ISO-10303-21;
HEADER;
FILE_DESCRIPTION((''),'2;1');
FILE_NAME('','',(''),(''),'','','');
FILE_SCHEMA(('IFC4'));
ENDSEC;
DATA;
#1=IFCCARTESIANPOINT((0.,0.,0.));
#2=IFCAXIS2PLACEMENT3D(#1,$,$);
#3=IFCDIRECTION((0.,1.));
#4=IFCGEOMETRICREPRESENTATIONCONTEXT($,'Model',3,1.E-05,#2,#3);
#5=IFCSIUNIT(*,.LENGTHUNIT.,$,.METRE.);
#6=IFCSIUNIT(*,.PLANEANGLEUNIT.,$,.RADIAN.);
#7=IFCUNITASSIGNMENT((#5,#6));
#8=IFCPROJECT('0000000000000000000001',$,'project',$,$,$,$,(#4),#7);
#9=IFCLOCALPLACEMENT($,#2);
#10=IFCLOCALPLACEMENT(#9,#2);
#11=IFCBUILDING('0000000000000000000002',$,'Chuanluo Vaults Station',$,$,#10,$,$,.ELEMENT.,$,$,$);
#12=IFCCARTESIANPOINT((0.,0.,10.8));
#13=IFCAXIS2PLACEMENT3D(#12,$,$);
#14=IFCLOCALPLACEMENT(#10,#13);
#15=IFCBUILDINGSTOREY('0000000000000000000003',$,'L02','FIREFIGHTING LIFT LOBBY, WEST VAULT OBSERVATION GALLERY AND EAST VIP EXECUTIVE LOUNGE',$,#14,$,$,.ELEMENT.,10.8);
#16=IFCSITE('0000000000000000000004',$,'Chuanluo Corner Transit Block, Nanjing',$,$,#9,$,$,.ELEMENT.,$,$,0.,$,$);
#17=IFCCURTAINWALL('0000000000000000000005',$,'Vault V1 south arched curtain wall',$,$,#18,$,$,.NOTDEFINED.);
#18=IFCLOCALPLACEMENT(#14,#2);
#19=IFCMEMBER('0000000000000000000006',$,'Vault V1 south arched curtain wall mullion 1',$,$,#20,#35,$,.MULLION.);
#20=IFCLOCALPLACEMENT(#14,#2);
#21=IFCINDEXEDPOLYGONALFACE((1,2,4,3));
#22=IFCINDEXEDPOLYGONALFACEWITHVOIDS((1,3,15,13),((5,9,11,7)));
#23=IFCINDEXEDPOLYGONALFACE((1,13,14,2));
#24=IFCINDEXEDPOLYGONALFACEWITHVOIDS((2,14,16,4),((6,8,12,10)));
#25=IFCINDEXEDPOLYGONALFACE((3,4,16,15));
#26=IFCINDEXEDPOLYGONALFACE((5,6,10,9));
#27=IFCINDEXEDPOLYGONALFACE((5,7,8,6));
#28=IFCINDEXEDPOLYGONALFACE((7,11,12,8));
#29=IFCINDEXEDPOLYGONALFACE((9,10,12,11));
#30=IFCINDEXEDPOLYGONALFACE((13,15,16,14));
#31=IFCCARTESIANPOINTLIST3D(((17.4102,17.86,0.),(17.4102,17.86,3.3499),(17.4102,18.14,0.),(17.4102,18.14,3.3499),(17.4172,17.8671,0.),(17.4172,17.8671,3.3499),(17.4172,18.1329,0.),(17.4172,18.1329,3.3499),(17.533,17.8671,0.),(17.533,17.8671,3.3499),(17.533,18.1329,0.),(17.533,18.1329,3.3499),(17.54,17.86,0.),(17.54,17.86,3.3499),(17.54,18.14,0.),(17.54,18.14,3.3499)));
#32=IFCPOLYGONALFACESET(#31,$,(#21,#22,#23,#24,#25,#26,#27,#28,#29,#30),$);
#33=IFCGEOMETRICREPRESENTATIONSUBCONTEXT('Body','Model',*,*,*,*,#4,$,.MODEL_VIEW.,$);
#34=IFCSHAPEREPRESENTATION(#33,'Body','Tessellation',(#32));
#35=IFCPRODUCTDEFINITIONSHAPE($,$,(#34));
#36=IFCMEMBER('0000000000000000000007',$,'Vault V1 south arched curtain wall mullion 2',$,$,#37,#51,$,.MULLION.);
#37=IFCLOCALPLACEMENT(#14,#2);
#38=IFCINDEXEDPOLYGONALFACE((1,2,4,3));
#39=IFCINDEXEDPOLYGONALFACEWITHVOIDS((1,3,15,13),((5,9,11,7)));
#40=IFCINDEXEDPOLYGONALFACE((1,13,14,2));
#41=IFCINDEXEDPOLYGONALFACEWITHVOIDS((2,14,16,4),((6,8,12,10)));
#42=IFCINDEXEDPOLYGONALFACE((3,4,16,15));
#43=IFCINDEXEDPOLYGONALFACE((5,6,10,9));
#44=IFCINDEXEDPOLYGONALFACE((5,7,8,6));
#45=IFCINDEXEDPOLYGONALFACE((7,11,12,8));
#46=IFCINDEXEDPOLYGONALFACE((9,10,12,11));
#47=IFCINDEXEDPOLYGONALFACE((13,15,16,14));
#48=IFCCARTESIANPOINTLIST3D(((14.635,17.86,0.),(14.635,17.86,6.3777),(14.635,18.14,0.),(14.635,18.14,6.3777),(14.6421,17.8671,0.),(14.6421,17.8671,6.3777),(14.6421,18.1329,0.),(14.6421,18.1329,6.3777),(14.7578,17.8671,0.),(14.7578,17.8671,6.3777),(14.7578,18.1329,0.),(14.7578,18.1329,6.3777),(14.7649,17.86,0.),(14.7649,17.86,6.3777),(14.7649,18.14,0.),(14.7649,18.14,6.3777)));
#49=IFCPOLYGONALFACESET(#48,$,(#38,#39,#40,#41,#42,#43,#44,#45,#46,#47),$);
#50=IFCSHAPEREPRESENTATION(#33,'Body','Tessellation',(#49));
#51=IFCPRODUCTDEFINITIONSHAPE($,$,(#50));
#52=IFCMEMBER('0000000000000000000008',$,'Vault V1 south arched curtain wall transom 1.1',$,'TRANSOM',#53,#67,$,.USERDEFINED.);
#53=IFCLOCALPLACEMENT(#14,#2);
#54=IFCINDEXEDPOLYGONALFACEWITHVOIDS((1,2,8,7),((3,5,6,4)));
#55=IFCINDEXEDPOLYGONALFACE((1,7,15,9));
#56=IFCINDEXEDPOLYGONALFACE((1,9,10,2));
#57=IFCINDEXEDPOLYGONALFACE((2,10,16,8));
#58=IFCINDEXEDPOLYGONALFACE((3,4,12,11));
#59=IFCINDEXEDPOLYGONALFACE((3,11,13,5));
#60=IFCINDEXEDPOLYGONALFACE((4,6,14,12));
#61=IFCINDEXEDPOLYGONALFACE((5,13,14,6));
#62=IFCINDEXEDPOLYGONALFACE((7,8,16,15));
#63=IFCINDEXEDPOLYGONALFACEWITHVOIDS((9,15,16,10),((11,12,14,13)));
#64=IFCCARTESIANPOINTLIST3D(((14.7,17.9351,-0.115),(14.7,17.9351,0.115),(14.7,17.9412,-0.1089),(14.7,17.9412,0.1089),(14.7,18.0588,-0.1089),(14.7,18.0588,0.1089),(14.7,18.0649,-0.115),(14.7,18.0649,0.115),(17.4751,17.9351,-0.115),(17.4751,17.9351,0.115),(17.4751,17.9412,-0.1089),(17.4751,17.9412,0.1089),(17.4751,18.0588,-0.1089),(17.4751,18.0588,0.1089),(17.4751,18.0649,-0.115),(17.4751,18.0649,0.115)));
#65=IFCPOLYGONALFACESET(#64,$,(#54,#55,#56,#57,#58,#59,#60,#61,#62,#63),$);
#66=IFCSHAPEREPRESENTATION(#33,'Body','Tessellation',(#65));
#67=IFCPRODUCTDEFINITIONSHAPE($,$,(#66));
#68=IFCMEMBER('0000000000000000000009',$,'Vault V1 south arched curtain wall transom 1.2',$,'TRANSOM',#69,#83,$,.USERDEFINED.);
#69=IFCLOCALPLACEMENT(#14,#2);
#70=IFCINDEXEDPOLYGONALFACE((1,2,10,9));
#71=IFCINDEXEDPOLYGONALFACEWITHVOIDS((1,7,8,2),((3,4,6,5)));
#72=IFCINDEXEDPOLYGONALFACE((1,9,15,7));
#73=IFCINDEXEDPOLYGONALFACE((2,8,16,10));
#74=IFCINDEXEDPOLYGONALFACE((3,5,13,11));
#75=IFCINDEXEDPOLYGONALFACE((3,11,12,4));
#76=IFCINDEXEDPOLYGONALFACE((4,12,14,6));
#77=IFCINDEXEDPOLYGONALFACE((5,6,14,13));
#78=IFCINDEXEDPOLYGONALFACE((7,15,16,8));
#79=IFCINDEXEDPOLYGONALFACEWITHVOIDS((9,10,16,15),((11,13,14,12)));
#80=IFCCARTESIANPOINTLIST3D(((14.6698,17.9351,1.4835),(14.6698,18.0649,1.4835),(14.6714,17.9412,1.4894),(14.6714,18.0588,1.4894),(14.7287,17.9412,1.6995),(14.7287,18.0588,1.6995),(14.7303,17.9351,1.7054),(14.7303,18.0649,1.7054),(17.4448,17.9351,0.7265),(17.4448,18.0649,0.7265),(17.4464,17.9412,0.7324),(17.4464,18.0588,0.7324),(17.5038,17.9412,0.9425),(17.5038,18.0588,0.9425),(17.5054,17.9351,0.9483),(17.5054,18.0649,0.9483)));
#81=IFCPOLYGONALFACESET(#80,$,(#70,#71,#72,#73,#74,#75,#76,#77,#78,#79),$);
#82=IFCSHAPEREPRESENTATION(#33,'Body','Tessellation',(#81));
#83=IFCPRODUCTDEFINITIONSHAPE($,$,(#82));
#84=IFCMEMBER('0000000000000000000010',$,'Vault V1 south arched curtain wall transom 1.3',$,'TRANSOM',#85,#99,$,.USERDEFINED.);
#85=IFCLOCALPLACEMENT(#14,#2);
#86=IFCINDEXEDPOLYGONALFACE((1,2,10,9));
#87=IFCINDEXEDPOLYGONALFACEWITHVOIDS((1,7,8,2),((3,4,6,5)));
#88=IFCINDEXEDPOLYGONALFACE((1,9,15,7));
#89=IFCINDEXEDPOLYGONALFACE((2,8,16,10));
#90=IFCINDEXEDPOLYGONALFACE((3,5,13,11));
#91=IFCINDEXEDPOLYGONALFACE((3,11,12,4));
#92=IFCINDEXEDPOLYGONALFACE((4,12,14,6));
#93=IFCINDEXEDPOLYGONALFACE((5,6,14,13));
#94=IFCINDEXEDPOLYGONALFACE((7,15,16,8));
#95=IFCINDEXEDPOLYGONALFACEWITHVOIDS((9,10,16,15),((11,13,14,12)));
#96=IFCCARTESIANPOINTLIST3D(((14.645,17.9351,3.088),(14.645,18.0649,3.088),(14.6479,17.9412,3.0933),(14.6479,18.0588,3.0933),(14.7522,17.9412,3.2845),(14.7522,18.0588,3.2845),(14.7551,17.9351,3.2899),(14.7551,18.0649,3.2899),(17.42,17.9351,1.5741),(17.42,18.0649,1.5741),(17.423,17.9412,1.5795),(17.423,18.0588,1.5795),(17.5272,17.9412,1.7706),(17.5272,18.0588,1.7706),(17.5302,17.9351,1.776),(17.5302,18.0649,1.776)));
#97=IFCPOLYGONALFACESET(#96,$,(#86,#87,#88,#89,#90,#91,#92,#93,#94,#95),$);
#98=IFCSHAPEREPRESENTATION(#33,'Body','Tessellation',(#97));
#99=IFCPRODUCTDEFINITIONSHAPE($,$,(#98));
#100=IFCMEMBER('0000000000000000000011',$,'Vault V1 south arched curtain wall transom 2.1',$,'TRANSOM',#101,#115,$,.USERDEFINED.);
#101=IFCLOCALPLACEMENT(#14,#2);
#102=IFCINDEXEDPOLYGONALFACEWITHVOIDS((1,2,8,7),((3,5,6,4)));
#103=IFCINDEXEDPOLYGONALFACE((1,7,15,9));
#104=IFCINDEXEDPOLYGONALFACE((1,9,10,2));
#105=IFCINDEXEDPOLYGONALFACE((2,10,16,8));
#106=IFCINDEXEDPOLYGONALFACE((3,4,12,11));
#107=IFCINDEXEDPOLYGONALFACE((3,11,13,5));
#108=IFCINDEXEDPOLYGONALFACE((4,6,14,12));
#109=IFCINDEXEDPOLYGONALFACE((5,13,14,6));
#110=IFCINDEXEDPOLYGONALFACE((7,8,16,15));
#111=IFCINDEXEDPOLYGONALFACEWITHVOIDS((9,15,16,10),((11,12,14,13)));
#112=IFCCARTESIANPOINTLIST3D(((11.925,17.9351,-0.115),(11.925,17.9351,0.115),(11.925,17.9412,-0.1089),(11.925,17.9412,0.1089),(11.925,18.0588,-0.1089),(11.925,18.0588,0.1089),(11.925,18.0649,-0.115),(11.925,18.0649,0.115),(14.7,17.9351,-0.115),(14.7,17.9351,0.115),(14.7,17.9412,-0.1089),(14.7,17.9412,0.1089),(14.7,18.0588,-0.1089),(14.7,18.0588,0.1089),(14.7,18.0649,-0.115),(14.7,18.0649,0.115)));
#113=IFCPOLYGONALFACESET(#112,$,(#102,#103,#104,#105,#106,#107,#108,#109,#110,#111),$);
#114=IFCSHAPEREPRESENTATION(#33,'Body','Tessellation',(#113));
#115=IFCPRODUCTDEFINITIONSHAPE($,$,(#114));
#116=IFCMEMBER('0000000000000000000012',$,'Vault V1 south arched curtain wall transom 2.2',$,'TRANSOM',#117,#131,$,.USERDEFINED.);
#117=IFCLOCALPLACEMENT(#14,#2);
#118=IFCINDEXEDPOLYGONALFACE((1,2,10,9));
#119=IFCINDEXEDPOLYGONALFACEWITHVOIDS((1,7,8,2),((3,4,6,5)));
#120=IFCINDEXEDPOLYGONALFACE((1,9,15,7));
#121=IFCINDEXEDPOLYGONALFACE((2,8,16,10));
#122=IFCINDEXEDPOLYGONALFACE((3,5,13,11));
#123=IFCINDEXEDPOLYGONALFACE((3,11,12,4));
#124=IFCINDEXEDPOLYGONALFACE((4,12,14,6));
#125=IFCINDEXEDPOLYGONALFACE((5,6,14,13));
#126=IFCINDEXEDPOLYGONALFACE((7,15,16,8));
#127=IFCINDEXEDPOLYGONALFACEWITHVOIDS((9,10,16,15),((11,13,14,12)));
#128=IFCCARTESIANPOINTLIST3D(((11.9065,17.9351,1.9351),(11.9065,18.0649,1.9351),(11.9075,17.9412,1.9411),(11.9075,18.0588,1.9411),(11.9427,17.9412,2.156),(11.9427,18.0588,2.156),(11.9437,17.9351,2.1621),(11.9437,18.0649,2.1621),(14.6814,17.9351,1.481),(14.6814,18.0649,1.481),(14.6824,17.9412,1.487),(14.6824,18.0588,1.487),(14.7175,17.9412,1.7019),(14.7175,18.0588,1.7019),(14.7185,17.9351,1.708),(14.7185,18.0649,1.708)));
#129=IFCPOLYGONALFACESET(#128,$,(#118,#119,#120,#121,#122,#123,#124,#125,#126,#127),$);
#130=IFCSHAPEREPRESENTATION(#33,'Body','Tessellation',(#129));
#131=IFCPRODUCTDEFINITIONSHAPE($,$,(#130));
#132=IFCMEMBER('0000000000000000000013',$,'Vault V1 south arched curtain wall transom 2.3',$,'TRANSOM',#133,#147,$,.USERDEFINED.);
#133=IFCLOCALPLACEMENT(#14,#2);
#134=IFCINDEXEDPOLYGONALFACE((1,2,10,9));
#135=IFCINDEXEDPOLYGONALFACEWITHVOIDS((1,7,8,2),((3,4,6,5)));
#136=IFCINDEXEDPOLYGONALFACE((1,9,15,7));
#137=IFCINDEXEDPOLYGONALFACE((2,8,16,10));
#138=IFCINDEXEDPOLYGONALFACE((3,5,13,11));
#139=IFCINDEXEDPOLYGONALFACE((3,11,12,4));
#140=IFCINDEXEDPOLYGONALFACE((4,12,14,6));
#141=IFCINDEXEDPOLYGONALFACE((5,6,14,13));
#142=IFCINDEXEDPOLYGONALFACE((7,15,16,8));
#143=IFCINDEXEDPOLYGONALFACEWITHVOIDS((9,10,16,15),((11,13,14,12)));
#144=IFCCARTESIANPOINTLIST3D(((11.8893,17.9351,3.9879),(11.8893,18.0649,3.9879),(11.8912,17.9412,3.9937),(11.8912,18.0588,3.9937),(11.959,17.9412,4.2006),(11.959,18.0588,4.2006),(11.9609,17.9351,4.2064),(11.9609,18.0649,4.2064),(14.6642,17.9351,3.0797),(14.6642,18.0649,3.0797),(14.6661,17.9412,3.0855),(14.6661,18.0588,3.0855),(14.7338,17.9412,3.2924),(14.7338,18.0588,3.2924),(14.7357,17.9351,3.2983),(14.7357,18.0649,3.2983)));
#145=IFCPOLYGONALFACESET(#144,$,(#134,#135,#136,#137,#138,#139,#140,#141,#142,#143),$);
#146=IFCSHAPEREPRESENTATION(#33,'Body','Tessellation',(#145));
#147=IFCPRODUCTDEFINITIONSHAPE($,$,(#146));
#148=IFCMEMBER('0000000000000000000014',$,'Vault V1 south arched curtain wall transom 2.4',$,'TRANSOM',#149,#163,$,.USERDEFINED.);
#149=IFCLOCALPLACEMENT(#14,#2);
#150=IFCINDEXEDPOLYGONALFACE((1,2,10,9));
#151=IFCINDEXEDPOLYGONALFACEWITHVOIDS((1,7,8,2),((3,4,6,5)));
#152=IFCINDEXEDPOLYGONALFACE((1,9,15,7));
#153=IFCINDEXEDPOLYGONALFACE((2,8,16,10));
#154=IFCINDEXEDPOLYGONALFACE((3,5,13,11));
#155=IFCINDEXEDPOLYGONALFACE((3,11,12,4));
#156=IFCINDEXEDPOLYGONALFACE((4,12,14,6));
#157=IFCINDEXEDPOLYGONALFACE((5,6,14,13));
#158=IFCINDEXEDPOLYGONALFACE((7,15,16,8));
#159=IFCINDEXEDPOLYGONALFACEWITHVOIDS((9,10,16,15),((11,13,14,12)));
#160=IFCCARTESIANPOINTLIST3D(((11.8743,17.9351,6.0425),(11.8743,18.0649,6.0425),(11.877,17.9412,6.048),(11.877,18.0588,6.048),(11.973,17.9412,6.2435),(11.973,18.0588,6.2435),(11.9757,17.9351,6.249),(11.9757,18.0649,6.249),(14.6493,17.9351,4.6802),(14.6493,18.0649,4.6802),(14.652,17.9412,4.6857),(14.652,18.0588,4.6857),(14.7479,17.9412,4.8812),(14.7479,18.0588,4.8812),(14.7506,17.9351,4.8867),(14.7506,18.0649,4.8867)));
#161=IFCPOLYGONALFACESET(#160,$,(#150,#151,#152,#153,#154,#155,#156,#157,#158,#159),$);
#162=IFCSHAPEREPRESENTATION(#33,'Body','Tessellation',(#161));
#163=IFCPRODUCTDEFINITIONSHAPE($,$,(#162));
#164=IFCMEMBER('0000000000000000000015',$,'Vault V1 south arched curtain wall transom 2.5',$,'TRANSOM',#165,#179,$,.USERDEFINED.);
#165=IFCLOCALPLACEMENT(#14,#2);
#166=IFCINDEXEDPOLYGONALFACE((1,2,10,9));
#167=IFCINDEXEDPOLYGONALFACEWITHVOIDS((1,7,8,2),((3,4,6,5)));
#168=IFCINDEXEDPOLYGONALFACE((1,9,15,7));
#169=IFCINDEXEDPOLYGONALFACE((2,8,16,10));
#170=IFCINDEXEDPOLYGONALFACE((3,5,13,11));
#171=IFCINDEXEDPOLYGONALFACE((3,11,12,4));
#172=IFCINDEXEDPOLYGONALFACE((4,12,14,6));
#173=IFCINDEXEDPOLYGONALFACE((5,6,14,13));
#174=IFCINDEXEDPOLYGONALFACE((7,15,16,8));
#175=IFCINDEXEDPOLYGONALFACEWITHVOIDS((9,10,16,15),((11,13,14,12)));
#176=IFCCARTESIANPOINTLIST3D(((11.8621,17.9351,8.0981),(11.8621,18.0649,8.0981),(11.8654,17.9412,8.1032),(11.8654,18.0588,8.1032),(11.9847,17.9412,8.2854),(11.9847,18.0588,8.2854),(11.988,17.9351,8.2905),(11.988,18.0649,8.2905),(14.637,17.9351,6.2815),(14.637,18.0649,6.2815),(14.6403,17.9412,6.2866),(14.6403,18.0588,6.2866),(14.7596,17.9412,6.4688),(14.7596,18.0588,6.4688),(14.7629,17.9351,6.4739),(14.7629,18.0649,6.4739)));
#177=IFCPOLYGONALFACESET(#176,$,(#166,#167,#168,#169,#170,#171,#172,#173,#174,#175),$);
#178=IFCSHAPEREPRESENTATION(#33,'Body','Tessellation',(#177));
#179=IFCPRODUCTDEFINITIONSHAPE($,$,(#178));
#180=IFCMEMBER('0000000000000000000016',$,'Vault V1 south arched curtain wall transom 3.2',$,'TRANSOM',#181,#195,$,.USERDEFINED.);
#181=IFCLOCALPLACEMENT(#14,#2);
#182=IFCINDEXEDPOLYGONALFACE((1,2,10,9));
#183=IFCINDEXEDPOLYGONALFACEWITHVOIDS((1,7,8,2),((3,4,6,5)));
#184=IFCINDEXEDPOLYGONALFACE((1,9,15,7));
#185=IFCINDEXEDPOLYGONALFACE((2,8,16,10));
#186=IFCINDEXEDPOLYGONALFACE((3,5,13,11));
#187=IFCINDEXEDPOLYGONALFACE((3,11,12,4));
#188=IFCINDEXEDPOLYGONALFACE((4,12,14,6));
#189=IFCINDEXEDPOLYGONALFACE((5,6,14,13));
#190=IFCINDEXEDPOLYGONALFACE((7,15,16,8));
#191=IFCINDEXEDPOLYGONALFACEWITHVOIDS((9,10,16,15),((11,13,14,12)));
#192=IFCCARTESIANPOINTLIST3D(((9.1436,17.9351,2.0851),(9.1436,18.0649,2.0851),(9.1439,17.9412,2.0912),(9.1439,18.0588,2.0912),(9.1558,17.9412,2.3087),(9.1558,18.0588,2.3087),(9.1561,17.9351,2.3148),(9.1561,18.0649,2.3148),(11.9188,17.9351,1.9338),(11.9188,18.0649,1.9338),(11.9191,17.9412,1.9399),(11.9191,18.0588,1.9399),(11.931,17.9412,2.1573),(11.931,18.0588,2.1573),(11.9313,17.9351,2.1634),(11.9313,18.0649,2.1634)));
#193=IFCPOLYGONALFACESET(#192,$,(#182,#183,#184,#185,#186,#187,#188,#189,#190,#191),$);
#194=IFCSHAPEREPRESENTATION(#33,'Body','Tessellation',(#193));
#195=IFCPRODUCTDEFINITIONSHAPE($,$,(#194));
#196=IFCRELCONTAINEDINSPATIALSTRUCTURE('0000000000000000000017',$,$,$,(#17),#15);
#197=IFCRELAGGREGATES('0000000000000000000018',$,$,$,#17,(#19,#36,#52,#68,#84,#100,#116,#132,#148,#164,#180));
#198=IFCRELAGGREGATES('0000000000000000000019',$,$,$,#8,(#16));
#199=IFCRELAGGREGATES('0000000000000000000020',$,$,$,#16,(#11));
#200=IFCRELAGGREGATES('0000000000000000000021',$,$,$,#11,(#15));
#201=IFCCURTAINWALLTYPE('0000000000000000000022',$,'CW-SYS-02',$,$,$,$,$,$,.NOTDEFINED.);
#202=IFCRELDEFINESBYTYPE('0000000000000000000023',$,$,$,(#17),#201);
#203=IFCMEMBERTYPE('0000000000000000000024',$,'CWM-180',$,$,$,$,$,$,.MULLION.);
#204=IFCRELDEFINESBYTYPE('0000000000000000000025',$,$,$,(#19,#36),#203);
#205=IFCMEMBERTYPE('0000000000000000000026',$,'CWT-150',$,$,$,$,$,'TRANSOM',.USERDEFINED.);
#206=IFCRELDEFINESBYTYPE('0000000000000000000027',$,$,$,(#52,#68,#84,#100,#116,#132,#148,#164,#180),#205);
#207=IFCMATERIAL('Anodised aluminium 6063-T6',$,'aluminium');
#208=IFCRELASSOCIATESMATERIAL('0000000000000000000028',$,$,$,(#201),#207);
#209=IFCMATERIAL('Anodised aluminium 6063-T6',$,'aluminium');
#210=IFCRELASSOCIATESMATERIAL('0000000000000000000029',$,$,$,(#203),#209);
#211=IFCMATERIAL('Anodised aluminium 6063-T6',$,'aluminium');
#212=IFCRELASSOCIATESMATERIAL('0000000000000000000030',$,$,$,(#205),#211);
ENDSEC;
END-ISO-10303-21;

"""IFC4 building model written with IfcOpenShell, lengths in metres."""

from ifc_helpers import new_model, si_unit, direction, frame, origin, origin_2d, place, context, subcontext, project, spatial, hollow_rectangle, extrude, material, material_profile, profile_set, type_object, element, aggregate, save


model = new_model("IFC4")

# Units and contexts
model_context = context("Model", 3, precision=1e-05, world=origin(), true_north=direction((0.0, 1.0)))
body_context = subcontext(model_context, "Body", "Model", "MODEL_VIEW")
ifc_project = project(units=[si_unit("LENGTHUNIT", "METRE"), si_unit("PLANEANGLEUNIT", "RADIAN")], contexts=[model_context])

# Site, building, storey
site_placement = place(None, origin())
site = spatial("IfcSite", under=ifc_project, at=site_placement, Name="Chuanluo Corner Transit Block, Nanjing", CompositionType="ELEMENT", RefElevation=0.0)
building_placement = place(site_placement, origin())
building = spatial("IfcBuilding", under=site, at=building_placement, Name="Chuanluo Vaults Station", CompositionType="ELEMENT")
storey_placement = place(building_placement, frame((0.0, 0.0, 10.8)))
storey = spatial("IfcBuildingStorey", under=building, at=storey_placement, Name="L02", Description="FIREFIGHTING LIFT LOBBY, WEST VAULT OBSERVATION GALLERY AND EAST VIP EXECUTIVE LOUNGE", CompositionType="ELEMENT", Elevation=10.8)

# Curtain wall, members
ifc_material_1 = material(Name="Anodised aluminium 6063-T6", Category="aluminium")
curtain_wall_type = type_object("IfcCurtainWallType", Name="CW-SYS-02", PredefinedType="NOTDEFINED", material=ifc_material_1)
curtain_wall_placement = place(storey_placement, origin())
curtain_wall = element("IfcCurtainWall", 1, at=curtain_wall_placement, inside=storey, type_object=curtain_wall_type, Name="Vault V1 south arched curtain wall", PredefinedType="NOTDEFINED")
ifc_material_2 = material(Name="Anodised aluminium 6063-T6", Category="aluminium")
ifc_material_profile_1 = material_profile(ifc_material_2, hollow_rectangle(XDim=0.1299, YDim=0.28, WallThickness=0.0071, at=origin_2d()))
ifc_profile_set_1 = profile_set([ifc_material_profile_1], Name="Anodised aluminium 6063-T6")
member_type_1 = type_object("IfcMemberType", Name="CWM-180", PredefinedType="MULLION", material=ifc_profile_set_1)
member_1_placement = place(storey_placement, frame((17.4751, 18.0, 0.0), z_axis=(0.0, 0.0, 1.0), x_axis=(-1.0, 0.0, 0.0)))
member_1 = element("IfcMember", 2, at=member_1_placement, type_object=member_type_1, Name="Vault V1 south arched curtain wall mullion 1", PredefinedType="MULLION", context=body_context, shape_type="SweptSolid", body=[
    extrude(hollow_rectangle(XDim=0.1299, YDim=0.28, WallThickness=0.0071, at=origin_2d()), origin(), (0.0, 0.0, 1.0), 3.3499),
])
member_2_placement = place(storey_placement, frame((14.7, 18.0, 0.0), z_axis=(0.0, 0.0, 1.0), x_axis=(-1.0, 0.0, 0.0)))
member_2 = element("IfcMember", 3, at=member_2_placement, type_object=member_type_1, Name="Vault V1 south arched curtain wall mullion 2", PredefinedType="MULLION", context=body_context, shape_type="SweptSolid", body=[
    extrude(hollow_rectangle(XDim=0.1299, YDim=0.28, WallThickness=0.0071, at=origin_2d()), origin(), (0.0, 0.0, 1.0), 6.3777),
])
ifc_material_3 = material(Name="Anodised aluminium 6063-T6", Category="aluminium")
ifc_material_profile_2 = material_profile(ifc_material_3, hollow_rectangle(XDim=0.1299, YDim=0.23, WallThickness=0.0061, at=origin_2d()))
ifc_profile_set_2 = profile_set([ifc_material_profile_2], Name="Anodised aluminium 6063-T6")
member_type_2 = type_object("IfcMemberType", Name="CWT-150", ElementType="TRANSOM", PredefinedType="USERDEFINED", material=ifc_profile_set_2)
member_3_placement = place(storey_placement, frame((17.4751, 18.0, 0.0), z_axis=(-1.0, 0.0, 0.0), x_axis=(0.0, -1.0, 0.0)))
member_3 = element("IfcMember", 4, at=member_3_placement, type_object=member_type_2, Name="Vault V1 south arched curtain wall transom 1.1", ObjectType="TRANSOM", PredefinedType="USERDEFINED", context=body_context, shape_type="SweptSolid", body=[
    extrude(hollow_rectangle(XDim=0.1299, YDim=0.23, WallThickness=0.0061, at=origin_2d()), origin(), (0.0, 0.0, 1.0), 2.7751),
])
member_4_placement = place(storey_placement, frame((17.4751, 18.0, 0.8374), z_axis=(-0.964744, 0.0, 0.263189), x_axis=(0.0, -1.0, 0.0)))
member_4 = element("IfcMember", 5, at=member_4_placement, type_object=member_type_2, Name="Vault V1 south arched curtain wall transom 1.2", ObjectType="TRANSOM", PredefinedType="USERDEFINED", context=body_context, shape_type="SweptSolid", body=[
    extrude(hollow_rectangle(XDim=0.1299, YDim=0.23, WallThickness=0.0061, at=origin_2d()), origin(), (0.0, 0.0, 1.0), 2.8765),
])
member_5_placement = place(storey_placement, frame((17.4751, 18.0, 1.675), z_axis=(-0.877869, 0.0, 0.478901), x_axis=(0.0, -1.0, 0.0)))
member_5 = element("IfcMember", 6, at=member_5_placement, type_object=member_type_2, Name="Vault V1 south arched curtain wall transom 1.3", ObjectType="TRANSOM", PredefinedType="USERDEFINED", context=body_context, shape_type="SweptSolid", body=[
    extrude(hollow_rectangle(XDim=0.1299, YDim=0.23, WallThickness=0.0061, at=origin_2d()), origin(), (0.0, 0.0, 1.0), 3.1611),
])
member_6_placement = place(storey_placement, frame((14.7, 18.0, 0.0), z_axis=(-1.0, 0.0, 0.0), x_axis=(0.0, -1.0, 0.0)))
member_6 = element("IfcMember", 7, at=member_6_placement, type_object=member_type_2, Name="Vault V1 south arched curtain wall transom 2.1", ObjectType="TRANSOM", PredefinedType="USERDEFINED", context=body_context, shape_type="SweptSolid", body=[
    extrude(hollow_rectangle(XDim=0.1299, YDim=0.23, WallThickness=0.0061, at=origin_2d()), origin(), (0.0, 0.0, 1.0), 2.7749),
])
member_7_placement = place(storey_placement, frame((14.7, 18.0, 1.5945), z_axis=(-0.986873, 0.0, 0.161498), x_axis=(0.0, -1.0, 0.0)))
member_7 = element("IfcMember", 8, at=member_7_placement, type_object=member_type_2, Name="Vault V1 south arched curtain wall transom 2.2", ObjectType="TRANSOM", PredefinedType="USERDEFINED", context=body_context, shape_type="SweptSolid", body=[
    extrude(hollow_rectangle(XDim=0.1299, YDim=0.23, WallThickness=0.0061, at=origin_2d()), origin(), (0.0, 0.0, 1.0), 2.8118),
])
member_8_placement = place(storey_placement, frame((14.7, 18.0, 3.189), z_axis=(-0.950392, 0.0, 0.311056), x_axis=(0.0, -1.0, 0.0)))
member_8 = element("IfcMember", 9, at=member_8_placement, type_object=member_type_2, Name="Vault V1 south arched curtain wall transom 2.3", ObjectType="TRANSOM", PredefinedType="USERDEFINED", context=body_context, shape_type="SweptSolid", body=[
    extrude(hollow_rectangle(XDim=0.1299, YDim=0.23, WallThickness=0.0061, at=origin_2d()), origin(), (0.0, 0.0, 1.0), 2.9197),
])
member_9_placement = place(storey_placement, frame((14.7, 18.0, 4.7834), z_axis=(-0.897657, 0.0, 0.440694), x_axis=(0.0, -1.0, 0.0)))
member_9 = element("IfcMember", 10, at=member_9_placement, type_object=member_type_2, Name="Vault V1 south arched curtain wall transom 2.4", ObjectType="TRANSOM", PredefinedType="USERDEFINED", context=body_context, shape_type="SweptSolid", body=[
    extrude(hollow_rectangle(XDim=0.1299, YDim=0.23, WallThickness=0.0061, at=origin_2d()), origin(), (0.0, 0.0, 1.0), 3.0913),
])
member_10_placement = place(storey_placement, frame((14.7, 18.0, 6.3777), z_axis=(-0.836653, 0.0, 0.547733), x_axis=(0.0, -1.0, 0.0)))
member_10 = element("IfcMember", 11, at=member_10_placement, type_object=member_type_2, Name="Vault V1 south arched curtain wall transom 2.5", ObjectType="TRANSOM", PredefinedType="USERDEFINED", context=body_context, shape_type="SweptSolid", body=[
    extrude(hollow_rectangle(XDim=0.1299, YDim=0.23, WallThickness=0.0061, at=origin_2d()), origin(), (0.0, 0.0, 1.0), 3.3167),
])
member_11_placement = place(storey_placement, frame((11.925, 18.0, 2.0486), z_axis=(-0.998516, 0.0, 0.054463), x_axis=(0.0, -1.0, 0.0)))
member_11 = element("IfcMember", 12, at=member_11_placement, type_object=member_type_2, Name="Vault V1 south arched curtain wall transom 3.2", ObjectType="TRANSOM", PredefinedType="USERDEFINED", context=body_context, shape_type="SweptSolid", body=[
    extrude(hollow_rectangle(XDim=0.1299, YDim=0.23, WallThickness=0.0061, at=origin_2d()), origin(), (0.0, 0.0, 1.0), 2.7793),
])
aggregate(curtain_wall, [member_1, member_2, member_3, member_4, member_5, member_6, member_7, member_8, member_9, member_10, member_11])

save(model, "model.ifc")
